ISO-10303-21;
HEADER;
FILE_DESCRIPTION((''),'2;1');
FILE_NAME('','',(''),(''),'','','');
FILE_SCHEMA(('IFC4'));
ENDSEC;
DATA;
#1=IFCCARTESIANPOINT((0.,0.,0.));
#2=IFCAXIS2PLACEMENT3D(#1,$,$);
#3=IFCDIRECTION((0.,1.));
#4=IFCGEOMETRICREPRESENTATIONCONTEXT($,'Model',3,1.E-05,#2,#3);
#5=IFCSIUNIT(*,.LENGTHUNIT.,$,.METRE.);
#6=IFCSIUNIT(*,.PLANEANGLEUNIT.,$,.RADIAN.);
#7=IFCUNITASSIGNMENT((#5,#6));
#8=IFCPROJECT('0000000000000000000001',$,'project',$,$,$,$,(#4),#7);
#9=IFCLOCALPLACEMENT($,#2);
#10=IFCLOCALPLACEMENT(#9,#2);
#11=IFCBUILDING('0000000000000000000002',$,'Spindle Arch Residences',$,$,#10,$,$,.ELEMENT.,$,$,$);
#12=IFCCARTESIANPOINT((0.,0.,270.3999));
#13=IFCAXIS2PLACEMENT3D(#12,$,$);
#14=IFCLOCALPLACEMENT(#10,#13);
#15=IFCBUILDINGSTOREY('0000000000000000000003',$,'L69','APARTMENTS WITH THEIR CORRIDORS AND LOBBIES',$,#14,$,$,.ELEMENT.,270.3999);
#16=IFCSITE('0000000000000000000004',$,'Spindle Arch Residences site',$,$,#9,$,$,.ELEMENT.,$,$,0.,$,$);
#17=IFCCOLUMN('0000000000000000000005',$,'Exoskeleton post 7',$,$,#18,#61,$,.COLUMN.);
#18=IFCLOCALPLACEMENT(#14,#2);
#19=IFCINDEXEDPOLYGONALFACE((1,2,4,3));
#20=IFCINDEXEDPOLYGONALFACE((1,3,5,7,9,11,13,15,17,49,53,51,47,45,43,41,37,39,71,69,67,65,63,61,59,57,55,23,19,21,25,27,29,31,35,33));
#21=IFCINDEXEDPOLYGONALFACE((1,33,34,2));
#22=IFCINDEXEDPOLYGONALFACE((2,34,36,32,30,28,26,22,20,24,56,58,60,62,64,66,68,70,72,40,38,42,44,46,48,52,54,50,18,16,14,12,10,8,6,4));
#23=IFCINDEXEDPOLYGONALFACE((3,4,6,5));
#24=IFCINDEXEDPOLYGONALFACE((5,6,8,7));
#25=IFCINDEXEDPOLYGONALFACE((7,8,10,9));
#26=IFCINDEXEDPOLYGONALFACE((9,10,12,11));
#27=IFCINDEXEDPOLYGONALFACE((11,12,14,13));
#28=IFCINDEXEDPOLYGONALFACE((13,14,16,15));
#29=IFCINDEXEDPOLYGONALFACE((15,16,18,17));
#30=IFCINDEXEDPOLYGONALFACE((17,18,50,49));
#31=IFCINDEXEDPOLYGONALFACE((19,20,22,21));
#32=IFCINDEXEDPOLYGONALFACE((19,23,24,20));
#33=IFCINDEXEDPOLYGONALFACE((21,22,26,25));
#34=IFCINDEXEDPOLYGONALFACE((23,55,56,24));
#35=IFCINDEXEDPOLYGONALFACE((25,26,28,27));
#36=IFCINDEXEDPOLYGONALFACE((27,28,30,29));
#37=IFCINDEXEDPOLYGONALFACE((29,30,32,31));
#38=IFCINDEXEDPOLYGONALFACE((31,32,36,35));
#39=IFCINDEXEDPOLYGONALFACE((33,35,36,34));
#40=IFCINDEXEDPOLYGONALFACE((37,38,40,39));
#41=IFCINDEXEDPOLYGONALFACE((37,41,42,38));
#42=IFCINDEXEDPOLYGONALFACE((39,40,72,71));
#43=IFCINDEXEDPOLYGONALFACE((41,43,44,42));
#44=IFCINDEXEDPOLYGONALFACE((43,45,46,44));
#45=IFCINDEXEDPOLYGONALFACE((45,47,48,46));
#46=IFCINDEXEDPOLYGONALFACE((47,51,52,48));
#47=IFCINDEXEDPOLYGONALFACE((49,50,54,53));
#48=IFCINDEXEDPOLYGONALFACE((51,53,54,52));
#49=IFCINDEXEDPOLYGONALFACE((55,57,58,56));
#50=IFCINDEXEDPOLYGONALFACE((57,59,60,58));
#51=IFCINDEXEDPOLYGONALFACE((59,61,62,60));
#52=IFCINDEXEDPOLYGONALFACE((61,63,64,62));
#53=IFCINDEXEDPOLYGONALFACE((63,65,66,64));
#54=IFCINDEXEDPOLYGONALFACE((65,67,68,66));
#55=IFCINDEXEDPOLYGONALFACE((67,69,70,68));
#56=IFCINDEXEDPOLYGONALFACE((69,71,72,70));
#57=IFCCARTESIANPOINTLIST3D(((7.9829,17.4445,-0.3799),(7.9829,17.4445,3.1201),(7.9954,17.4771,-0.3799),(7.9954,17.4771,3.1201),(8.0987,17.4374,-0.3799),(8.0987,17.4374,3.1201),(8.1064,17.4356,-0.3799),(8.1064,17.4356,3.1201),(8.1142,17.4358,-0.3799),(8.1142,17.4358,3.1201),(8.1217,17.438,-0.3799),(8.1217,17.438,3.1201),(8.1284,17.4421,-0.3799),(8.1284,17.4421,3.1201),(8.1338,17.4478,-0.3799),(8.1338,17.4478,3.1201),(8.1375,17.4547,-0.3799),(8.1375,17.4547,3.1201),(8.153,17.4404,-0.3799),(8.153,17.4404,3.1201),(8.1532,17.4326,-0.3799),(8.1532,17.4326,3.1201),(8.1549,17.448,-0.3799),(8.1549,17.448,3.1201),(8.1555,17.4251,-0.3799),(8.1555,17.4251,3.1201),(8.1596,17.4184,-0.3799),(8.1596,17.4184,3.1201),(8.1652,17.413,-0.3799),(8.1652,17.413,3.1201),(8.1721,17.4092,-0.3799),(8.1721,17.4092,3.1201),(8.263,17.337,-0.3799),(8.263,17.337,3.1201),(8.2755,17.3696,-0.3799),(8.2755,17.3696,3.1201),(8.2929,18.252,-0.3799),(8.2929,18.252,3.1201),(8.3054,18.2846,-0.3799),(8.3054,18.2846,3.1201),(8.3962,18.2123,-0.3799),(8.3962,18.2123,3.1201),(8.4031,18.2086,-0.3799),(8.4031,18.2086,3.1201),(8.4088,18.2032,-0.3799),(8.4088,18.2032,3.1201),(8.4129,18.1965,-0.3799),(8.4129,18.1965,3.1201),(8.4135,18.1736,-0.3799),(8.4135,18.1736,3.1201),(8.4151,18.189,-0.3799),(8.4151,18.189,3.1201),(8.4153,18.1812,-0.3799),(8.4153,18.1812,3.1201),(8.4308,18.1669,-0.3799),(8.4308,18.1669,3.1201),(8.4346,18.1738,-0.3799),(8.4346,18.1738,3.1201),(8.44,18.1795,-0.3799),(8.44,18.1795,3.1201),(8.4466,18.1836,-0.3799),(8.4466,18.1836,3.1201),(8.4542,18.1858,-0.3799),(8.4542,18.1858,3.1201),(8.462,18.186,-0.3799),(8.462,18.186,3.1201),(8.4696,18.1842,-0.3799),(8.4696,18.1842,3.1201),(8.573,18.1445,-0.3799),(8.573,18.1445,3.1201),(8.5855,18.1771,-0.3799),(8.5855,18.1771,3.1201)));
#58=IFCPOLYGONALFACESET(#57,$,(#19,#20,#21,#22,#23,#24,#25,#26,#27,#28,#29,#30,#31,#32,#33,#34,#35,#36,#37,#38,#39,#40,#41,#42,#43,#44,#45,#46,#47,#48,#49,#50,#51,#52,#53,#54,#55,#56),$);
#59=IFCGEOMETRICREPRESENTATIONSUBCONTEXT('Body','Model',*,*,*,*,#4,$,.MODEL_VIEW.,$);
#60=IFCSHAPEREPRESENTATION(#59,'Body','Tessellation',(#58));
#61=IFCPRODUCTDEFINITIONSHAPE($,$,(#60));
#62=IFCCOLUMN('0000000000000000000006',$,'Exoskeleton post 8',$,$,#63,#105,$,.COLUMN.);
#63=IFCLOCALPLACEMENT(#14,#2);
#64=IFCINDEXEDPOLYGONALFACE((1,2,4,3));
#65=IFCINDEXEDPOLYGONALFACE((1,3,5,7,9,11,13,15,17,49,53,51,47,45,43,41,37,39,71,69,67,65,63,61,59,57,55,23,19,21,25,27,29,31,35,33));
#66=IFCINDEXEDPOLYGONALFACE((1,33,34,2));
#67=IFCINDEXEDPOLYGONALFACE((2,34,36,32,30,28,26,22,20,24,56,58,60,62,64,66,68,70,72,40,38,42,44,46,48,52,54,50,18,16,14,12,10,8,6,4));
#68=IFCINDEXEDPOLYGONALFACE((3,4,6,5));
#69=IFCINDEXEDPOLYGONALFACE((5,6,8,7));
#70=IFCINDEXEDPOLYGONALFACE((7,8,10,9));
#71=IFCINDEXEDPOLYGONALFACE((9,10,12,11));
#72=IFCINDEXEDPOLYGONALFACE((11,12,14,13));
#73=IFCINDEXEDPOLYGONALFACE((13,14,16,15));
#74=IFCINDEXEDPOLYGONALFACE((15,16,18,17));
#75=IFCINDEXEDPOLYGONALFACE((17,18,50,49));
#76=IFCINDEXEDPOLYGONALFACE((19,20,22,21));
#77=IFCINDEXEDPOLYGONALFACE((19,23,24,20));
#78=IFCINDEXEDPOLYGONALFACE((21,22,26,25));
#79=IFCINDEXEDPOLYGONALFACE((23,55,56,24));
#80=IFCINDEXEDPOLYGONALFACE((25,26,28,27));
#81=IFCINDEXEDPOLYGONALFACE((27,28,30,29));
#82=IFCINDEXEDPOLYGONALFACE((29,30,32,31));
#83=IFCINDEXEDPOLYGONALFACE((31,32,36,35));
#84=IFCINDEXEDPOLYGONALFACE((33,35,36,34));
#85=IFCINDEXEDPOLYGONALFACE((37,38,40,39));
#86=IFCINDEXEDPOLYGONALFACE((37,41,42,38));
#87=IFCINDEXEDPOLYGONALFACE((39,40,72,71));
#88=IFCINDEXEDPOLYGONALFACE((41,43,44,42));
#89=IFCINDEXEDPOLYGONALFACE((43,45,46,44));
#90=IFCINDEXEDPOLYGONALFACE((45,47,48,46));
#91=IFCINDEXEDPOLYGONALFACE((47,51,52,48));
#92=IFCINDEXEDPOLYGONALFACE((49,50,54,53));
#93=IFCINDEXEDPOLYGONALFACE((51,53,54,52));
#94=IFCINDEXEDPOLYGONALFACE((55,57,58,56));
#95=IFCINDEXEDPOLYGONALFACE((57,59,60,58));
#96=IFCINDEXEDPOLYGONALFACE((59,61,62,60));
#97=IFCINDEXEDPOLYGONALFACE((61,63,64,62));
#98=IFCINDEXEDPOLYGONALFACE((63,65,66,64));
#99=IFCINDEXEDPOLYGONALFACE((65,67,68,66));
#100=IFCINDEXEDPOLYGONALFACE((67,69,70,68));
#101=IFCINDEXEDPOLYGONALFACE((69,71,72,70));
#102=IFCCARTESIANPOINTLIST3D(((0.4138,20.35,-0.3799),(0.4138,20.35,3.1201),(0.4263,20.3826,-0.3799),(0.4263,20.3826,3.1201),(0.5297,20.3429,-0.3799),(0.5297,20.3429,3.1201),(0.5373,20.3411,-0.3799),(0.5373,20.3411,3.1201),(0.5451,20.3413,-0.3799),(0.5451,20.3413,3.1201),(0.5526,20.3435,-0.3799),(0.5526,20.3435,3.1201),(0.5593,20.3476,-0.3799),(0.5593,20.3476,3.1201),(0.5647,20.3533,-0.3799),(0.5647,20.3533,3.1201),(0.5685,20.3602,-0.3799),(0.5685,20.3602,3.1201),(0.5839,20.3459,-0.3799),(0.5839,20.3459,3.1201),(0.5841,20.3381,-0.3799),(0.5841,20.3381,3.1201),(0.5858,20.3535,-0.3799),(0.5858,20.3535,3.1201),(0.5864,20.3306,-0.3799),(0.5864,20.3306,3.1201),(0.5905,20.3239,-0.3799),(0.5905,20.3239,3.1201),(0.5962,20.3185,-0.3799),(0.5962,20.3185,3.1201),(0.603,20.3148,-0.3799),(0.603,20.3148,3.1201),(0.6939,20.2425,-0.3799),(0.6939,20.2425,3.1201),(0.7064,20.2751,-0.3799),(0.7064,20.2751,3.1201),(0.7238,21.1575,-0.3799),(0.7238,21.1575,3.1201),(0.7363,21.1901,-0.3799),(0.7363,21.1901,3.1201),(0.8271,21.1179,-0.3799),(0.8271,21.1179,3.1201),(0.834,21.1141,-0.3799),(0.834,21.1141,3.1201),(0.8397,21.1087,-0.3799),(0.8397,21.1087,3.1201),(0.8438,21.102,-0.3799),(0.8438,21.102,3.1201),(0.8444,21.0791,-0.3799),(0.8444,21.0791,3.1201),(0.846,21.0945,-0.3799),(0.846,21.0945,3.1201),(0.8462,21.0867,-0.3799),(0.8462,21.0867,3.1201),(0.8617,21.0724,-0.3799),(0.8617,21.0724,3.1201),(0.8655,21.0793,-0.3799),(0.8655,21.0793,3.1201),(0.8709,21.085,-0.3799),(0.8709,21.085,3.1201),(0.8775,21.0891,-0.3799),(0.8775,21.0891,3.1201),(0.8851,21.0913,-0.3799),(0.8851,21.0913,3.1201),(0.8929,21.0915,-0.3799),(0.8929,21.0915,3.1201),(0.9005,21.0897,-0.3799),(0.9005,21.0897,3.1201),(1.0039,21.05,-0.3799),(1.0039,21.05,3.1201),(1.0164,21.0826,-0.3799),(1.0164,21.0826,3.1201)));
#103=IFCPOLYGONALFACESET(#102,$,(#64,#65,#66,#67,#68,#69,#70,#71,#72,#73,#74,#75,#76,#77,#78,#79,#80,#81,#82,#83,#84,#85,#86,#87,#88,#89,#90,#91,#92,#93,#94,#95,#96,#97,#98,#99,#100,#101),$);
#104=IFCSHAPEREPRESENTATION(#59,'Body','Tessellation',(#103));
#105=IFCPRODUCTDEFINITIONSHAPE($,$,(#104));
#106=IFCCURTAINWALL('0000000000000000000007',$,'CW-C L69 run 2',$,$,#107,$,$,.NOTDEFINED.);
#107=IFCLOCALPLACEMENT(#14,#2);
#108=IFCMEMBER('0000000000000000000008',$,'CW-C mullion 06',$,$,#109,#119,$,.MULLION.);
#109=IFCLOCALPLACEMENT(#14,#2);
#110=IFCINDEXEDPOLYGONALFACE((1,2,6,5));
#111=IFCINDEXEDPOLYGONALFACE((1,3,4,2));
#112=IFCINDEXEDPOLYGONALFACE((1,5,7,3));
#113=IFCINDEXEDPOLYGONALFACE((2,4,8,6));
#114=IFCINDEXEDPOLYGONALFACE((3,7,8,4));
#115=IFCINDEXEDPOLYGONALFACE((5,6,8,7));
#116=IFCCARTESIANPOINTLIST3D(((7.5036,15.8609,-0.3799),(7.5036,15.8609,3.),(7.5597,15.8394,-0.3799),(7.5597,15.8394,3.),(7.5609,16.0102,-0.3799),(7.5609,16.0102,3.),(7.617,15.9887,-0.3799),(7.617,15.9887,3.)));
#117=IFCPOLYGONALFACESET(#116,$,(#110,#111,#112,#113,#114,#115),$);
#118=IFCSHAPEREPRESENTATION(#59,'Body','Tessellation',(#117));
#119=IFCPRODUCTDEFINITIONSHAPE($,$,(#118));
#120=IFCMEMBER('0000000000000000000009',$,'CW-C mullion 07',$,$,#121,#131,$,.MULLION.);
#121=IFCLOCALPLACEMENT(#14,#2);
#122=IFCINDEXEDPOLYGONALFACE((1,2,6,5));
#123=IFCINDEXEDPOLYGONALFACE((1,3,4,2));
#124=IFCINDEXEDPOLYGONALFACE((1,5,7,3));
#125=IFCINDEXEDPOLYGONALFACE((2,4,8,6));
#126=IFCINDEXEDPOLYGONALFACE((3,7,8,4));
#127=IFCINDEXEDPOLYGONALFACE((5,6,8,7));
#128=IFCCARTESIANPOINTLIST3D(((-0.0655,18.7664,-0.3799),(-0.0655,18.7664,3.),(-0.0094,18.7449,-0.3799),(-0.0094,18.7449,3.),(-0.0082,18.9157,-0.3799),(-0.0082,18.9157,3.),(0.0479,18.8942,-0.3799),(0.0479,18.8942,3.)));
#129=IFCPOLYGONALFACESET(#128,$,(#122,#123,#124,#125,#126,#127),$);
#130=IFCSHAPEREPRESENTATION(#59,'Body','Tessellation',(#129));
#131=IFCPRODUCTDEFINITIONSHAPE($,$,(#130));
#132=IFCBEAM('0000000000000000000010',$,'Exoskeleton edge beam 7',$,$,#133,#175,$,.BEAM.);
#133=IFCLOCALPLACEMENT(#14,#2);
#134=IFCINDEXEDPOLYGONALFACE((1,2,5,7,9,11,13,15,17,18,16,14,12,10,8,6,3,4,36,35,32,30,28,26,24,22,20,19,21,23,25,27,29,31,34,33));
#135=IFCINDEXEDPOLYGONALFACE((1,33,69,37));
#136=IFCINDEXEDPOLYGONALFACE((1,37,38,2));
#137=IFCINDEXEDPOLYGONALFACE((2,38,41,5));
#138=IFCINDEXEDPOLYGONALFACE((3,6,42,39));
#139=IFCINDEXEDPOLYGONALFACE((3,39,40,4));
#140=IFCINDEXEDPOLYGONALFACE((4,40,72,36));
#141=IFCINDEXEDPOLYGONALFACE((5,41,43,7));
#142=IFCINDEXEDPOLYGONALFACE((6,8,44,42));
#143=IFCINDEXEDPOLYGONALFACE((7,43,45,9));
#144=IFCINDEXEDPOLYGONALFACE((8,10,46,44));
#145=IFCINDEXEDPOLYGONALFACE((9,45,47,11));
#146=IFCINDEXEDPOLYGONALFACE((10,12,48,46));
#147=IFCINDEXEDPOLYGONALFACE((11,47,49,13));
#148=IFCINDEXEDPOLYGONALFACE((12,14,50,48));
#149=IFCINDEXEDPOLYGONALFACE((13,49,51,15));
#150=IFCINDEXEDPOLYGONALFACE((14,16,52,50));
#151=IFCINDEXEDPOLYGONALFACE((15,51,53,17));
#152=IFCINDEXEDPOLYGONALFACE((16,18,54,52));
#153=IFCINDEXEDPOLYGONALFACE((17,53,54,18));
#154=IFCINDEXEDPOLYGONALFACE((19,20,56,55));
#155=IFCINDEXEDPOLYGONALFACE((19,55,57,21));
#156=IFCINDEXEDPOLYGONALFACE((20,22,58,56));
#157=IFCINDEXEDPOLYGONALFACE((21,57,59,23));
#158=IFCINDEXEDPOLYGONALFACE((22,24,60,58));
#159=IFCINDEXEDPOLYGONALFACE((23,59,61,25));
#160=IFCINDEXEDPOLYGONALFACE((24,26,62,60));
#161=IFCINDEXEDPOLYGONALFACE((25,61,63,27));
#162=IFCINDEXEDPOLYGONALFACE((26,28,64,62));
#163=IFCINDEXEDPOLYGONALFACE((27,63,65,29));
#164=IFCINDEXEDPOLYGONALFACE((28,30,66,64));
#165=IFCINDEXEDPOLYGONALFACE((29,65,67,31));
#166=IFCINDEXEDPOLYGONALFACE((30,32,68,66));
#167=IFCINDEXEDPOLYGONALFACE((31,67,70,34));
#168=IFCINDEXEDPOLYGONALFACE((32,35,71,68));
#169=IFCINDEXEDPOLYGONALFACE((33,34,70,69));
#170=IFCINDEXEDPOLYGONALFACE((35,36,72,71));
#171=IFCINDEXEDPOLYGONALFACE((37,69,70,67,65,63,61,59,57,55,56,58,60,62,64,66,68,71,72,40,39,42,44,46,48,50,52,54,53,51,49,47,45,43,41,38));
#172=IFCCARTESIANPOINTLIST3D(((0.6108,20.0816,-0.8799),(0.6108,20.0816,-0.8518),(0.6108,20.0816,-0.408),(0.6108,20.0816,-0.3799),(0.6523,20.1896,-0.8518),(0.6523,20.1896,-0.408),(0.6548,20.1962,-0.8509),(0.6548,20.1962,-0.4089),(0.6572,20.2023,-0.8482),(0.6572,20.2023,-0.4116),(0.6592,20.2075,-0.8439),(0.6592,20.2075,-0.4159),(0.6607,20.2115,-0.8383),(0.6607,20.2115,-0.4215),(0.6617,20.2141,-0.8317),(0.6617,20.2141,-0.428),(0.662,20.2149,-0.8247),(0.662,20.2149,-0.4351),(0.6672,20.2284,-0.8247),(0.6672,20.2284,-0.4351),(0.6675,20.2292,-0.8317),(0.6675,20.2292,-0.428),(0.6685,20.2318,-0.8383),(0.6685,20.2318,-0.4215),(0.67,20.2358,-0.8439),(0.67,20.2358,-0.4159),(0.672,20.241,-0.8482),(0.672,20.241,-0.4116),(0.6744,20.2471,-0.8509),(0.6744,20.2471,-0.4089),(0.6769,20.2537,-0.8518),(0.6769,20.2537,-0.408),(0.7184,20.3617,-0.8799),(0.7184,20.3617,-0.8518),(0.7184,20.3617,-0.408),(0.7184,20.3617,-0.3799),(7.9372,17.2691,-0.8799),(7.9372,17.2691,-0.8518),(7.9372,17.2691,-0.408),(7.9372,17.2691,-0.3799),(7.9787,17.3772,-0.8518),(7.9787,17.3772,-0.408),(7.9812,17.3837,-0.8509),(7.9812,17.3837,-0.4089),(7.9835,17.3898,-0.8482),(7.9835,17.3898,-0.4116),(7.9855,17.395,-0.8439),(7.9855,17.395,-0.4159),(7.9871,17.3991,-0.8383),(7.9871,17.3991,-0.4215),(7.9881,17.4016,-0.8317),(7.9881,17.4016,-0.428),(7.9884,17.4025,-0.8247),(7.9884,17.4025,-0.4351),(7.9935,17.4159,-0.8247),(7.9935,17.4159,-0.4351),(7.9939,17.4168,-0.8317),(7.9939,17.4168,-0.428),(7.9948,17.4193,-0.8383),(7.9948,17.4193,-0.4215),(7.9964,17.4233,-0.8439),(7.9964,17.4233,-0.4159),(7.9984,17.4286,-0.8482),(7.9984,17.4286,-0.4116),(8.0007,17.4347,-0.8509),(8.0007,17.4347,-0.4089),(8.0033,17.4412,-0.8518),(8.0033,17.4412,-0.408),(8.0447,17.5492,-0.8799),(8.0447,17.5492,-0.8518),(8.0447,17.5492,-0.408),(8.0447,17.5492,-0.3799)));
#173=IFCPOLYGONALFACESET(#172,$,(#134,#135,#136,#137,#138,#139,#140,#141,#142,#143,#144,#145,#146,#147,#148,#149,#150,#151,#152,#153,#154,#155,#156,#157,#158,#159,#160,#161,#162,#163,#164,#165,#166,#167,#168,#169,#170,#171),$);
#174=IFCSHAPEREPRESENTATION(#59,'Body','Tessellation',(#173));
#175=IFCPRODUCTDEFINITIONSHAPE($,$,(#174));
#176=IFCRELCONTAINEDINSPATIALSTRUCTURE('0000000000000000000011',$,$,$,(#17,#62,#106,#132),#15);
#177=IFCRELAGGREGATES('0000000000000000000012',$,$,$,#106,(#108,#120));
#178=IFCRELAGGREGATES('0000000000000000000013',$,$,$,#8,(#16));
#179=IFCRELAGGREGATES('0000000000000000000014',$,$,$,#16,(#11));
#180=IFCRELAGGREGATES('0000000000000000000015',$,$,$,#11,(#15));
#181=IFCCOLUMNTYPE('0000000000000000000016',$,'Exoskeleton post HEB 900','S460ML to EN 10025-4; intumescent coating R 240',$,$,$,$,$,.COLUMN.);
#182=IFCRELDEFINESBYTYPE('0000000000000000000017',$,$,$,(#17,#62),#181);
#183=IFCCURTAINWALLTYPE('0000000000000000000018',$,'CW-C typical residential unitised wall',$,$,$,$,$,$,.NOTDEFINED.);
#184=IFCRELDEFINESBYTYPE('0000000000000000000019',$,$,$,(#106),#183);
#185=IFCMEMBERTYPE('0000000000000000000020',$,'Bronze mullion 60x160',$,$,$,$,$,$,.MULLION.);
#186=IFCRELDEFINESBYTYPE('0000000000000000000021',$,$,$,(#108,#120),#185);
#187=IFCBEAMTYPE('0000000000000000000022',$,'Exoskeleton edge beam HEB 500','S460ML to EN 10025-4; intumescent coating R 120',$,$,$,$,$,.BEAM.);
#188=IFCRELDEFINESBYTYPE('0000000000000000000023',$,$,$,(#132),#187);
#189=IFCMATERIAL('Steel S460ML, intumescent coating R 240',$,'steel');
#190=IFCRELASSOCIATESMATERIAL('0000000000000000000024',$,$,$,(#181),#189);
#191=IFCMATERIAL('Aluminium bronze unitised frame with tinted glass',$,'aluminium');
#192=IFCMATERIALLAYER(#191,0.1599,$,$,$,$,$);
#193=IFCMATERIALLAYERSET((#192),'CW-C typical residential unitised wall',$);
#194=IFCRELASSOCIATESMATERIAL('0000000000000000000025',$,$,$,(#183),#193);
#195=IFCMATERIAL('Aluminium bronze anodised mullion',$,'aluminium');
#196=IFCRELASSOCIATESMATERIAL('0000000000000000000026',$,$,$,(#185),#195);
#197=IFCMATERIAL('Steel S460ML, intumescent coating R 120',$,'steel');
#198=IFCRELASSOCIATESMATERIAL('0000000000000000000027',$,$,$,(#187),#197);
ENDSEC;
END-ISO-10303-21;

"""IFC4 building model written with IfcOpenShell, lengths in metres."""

from ifc_helpers import new_model, si_unit, direction, frame, origin, origin_2d, place, context, subcontext, project, spatial, rectangle, i_section, extrude, material, layer, layer_set, material_profile, profile_set, type_object, element, aggregate, save


model = new_model("IFC4")

# Units and contexts
model_context = context("Model", 3, precision=1e-05, world=origin(), true_north=direction((0.0, 1.0)))
body_context = subcontext(model_context, "Body", "Model", "MODEL_VIEW")
ifc_project = project(units=[si_unit("LENGTHUNIT", "METRE"), si_unit("PLANEANGLEUNIT", "RADIAN")], contexts=[model_context])

# Site, building, storey
site_placement = place(None, origin())
site = spatial("IfcSite", under=ifc_project, at=site_placement, Name="Spindle Arch Residences site", CompositionType="ELEMENT", RefElevation=0.0)
building_placement = place(site_placement, origin())
building = spatial("IfcBuilding", under=site, at=building_placement, Name="Spindle Arch Residences", CompositionType="ELEMENT")
storey_placement = place(building_placement, frame((0.0, 0.0, 270.3999)))
storey = spatial("IfcBuildingStorey", under=building, at=storey_placement, Name="L69", Description="APARTMENTS WITH THEIR CORRIDORS AND LOBBIES", CompositionType="ELEMENT", Elevation=270.3999)

# Columns
ifc_material_1 = material(Name="Steel S460ML, intumescent coating R 240", Category="steel")
ifc_material_profile_1 = material_profile(ifc_material_1, i_section(OverallWidth=0.3, OverallDepth=0.8999, WebThickness=0.0186, FlangeThickness=0.0349, FilletRadius=0.03, at=origin_2d()), Name="HEB 900")
ifc_profile_set_1 = profile_set([ifc_material_profile_1], Name="Steel S460ML, intumescent coating R 240")
column_type = type_object("IfcColumnType", Name="Exoskeleton post HEB 900", Description="S460ML to EN 10025-4; intumescent coating R 240", PredefinedType="COLUMN", material=ifc_profile_set_1)
for number, where, z_axis, x_axis, name in (
    (1, (8.2842, 17.8108, -0.3799), (0.0, 0.0, 1.0), (0.93358, -0.358368, 0.0), "Exoskeleton post 7"),
    (2, (0.7151, 20.7163, -0.3799), (0.0, 0.0, 1.0), (0.93358, -0.358368, 0.0), "Exoskeleton post 8"),
):
    element("IfcColumn", number, at=place(storey_placement, frame(where, z_axis=z_axis, x_axis=x_axis)), inside=storey, type_object=column_type, Name=name, PredefinedType="COLUMN", context=body_context, shape_type="SweptSolid", body=[
        extrude(i_section(OverallWidth=0.3, OverallDepth=0.8999, WebThickness=0.0186, FlangeThickness=0.0349, FilletRadius=0.03, at=origin_2d()), origin(), (0.0, 0.0, 1.0), 3.5),
    ])

# Curtain wall, members
ifc_material_2 = material(Name="Aluminium bronze unitised frame with tinted glass", Category="aluminium")
ifc_layer_1 = layer(ifc_material_2, 0.1599)
ifc_layer_set_1 = layer_set([ifc_layer_1], Name="CW-C typical residential unitised wall")
curtain_wall_type = type_object("IfcCurtainWallType", Name="CW-C typical residential unitised wall", PredefinedType="NOTDEFINED", material=ifc_layer_set_1)
curtain_wall_placement = place(storey_placement, origin())
curtain_wall = element("IfcCurtainWall", 3, at=curtain_wall_placement, inside=storey, type_object=curtain_wall_type, Name="CW-C L69 run 2", PredefinedType="NOTDEFINED")
ifc_material_3 = material(Name="Aluminium bronze anodised mullion", Category="aluminium")
ifc_material_profile_2 = material_profile(ifc_material_3, rectangle(XDim=0.1599, YDim=0.0601, at=origin_2d()), Name="MU 60x160")
ifc_profile_set_2 = profile_set([ifc_material_profile_2], Name="Aluminium bronze anodised mullion")
member_type = type_object("IfcMemberType", Name="Bronze mullion 60x160", PredefinedType="MULLION", material=ifc_profile_set_2)
member_1_placement = place(storey_placement, frame((7.5603, 15.9248, -0.3799), z_axis=(0.0, 0.0, 1.0), x_axis=(-0.358368, -0.93358, 0.0)))
member_1 = element("IfcMember", 4, at=member_1_placement, type_object=member_type, Name="CW-C mullion 06", PredefinedType="MULLION", context=body_context, shape_type="SweptSolid", body=[
    extrude(rectangle(XDim=0.1599, YDim=0.0601, at=origin_2d()), origin(), (0.0, 0.0, 1.0), 3.3799),
])
member_2_placement = place(storey_placement, frame((-0.0088, 18.8303, -0.3799), z_axis=(0.0, 0.0, 1.0), x_axis=(-0.358368, -0.93358, 0.0)))
member_2 = element("IfcMember", 5, at=member_2_placement, type_object=member_type, Name="CW-C mullion 07", PredefinedType="MULLION", context=body_context, shape_type="SweptSolid", body=[
    extrude(rectangle(XDim=0.1599, YDim=0.0601, at=origin_2d()), origin(), (0.0, 0.0, 1.0), 3.3799),
])

# Beam
ifc_material_4 = material(Name="Steel S460ML, intumescent coating R 120", Category="steel")
ifc_material_profile_3 = material_profile(ifc_material_4, i_section(OverallWidth=0.3, OverallDepth=0.5, WebThickness=0.0144, FlangeThickness=0.0281, FilletRadius=0.0271, at=origin_2d()), Name="HEB 500")
ifc_profile_set_3 = profile_set([ifc_material_profile_3], Name="Steel S460ML, intumescent coating R 120")
beam_type_1 = type_object("IfcBeamType", Name="Exoskeleton edge beam HEB 500", Description="S460ML to EN 10025-4; intumescent coating R 120", PredefinedType="BEAM", material=ifc_profile_set_3)
for number, where, z_axis, x_axis, name in (
    (6, (7.991, 17.4092, -0.6299), (-0.933574, 0.358385, 0.0), (-0.358385, -0.933574, 0.0), "Exoskeleton edge beam 7"),
):
    element("IfcBeam", number, at=place(storey_placement, frame(where, z_axis=z_axis, x_axis=x_axis)), inside=storey, type_object=beam_type_1, Name=name, PredefinedType="BEAM", context=body_context, shape_type="SweptSolid", body=[
        extrude(i_section(OverallWidth=0.3, OverallDepth=0.5, WebThickness=0.0144, FlangeThickness=0.0281, FilletRadius=0.0271, at=origin_2d()), origin(), (0.0, 0.0, 1.0), 7.8477),
    ])

aggregate(curtain_wall, [member_1, member_2])

save(model, "model.ifc")
